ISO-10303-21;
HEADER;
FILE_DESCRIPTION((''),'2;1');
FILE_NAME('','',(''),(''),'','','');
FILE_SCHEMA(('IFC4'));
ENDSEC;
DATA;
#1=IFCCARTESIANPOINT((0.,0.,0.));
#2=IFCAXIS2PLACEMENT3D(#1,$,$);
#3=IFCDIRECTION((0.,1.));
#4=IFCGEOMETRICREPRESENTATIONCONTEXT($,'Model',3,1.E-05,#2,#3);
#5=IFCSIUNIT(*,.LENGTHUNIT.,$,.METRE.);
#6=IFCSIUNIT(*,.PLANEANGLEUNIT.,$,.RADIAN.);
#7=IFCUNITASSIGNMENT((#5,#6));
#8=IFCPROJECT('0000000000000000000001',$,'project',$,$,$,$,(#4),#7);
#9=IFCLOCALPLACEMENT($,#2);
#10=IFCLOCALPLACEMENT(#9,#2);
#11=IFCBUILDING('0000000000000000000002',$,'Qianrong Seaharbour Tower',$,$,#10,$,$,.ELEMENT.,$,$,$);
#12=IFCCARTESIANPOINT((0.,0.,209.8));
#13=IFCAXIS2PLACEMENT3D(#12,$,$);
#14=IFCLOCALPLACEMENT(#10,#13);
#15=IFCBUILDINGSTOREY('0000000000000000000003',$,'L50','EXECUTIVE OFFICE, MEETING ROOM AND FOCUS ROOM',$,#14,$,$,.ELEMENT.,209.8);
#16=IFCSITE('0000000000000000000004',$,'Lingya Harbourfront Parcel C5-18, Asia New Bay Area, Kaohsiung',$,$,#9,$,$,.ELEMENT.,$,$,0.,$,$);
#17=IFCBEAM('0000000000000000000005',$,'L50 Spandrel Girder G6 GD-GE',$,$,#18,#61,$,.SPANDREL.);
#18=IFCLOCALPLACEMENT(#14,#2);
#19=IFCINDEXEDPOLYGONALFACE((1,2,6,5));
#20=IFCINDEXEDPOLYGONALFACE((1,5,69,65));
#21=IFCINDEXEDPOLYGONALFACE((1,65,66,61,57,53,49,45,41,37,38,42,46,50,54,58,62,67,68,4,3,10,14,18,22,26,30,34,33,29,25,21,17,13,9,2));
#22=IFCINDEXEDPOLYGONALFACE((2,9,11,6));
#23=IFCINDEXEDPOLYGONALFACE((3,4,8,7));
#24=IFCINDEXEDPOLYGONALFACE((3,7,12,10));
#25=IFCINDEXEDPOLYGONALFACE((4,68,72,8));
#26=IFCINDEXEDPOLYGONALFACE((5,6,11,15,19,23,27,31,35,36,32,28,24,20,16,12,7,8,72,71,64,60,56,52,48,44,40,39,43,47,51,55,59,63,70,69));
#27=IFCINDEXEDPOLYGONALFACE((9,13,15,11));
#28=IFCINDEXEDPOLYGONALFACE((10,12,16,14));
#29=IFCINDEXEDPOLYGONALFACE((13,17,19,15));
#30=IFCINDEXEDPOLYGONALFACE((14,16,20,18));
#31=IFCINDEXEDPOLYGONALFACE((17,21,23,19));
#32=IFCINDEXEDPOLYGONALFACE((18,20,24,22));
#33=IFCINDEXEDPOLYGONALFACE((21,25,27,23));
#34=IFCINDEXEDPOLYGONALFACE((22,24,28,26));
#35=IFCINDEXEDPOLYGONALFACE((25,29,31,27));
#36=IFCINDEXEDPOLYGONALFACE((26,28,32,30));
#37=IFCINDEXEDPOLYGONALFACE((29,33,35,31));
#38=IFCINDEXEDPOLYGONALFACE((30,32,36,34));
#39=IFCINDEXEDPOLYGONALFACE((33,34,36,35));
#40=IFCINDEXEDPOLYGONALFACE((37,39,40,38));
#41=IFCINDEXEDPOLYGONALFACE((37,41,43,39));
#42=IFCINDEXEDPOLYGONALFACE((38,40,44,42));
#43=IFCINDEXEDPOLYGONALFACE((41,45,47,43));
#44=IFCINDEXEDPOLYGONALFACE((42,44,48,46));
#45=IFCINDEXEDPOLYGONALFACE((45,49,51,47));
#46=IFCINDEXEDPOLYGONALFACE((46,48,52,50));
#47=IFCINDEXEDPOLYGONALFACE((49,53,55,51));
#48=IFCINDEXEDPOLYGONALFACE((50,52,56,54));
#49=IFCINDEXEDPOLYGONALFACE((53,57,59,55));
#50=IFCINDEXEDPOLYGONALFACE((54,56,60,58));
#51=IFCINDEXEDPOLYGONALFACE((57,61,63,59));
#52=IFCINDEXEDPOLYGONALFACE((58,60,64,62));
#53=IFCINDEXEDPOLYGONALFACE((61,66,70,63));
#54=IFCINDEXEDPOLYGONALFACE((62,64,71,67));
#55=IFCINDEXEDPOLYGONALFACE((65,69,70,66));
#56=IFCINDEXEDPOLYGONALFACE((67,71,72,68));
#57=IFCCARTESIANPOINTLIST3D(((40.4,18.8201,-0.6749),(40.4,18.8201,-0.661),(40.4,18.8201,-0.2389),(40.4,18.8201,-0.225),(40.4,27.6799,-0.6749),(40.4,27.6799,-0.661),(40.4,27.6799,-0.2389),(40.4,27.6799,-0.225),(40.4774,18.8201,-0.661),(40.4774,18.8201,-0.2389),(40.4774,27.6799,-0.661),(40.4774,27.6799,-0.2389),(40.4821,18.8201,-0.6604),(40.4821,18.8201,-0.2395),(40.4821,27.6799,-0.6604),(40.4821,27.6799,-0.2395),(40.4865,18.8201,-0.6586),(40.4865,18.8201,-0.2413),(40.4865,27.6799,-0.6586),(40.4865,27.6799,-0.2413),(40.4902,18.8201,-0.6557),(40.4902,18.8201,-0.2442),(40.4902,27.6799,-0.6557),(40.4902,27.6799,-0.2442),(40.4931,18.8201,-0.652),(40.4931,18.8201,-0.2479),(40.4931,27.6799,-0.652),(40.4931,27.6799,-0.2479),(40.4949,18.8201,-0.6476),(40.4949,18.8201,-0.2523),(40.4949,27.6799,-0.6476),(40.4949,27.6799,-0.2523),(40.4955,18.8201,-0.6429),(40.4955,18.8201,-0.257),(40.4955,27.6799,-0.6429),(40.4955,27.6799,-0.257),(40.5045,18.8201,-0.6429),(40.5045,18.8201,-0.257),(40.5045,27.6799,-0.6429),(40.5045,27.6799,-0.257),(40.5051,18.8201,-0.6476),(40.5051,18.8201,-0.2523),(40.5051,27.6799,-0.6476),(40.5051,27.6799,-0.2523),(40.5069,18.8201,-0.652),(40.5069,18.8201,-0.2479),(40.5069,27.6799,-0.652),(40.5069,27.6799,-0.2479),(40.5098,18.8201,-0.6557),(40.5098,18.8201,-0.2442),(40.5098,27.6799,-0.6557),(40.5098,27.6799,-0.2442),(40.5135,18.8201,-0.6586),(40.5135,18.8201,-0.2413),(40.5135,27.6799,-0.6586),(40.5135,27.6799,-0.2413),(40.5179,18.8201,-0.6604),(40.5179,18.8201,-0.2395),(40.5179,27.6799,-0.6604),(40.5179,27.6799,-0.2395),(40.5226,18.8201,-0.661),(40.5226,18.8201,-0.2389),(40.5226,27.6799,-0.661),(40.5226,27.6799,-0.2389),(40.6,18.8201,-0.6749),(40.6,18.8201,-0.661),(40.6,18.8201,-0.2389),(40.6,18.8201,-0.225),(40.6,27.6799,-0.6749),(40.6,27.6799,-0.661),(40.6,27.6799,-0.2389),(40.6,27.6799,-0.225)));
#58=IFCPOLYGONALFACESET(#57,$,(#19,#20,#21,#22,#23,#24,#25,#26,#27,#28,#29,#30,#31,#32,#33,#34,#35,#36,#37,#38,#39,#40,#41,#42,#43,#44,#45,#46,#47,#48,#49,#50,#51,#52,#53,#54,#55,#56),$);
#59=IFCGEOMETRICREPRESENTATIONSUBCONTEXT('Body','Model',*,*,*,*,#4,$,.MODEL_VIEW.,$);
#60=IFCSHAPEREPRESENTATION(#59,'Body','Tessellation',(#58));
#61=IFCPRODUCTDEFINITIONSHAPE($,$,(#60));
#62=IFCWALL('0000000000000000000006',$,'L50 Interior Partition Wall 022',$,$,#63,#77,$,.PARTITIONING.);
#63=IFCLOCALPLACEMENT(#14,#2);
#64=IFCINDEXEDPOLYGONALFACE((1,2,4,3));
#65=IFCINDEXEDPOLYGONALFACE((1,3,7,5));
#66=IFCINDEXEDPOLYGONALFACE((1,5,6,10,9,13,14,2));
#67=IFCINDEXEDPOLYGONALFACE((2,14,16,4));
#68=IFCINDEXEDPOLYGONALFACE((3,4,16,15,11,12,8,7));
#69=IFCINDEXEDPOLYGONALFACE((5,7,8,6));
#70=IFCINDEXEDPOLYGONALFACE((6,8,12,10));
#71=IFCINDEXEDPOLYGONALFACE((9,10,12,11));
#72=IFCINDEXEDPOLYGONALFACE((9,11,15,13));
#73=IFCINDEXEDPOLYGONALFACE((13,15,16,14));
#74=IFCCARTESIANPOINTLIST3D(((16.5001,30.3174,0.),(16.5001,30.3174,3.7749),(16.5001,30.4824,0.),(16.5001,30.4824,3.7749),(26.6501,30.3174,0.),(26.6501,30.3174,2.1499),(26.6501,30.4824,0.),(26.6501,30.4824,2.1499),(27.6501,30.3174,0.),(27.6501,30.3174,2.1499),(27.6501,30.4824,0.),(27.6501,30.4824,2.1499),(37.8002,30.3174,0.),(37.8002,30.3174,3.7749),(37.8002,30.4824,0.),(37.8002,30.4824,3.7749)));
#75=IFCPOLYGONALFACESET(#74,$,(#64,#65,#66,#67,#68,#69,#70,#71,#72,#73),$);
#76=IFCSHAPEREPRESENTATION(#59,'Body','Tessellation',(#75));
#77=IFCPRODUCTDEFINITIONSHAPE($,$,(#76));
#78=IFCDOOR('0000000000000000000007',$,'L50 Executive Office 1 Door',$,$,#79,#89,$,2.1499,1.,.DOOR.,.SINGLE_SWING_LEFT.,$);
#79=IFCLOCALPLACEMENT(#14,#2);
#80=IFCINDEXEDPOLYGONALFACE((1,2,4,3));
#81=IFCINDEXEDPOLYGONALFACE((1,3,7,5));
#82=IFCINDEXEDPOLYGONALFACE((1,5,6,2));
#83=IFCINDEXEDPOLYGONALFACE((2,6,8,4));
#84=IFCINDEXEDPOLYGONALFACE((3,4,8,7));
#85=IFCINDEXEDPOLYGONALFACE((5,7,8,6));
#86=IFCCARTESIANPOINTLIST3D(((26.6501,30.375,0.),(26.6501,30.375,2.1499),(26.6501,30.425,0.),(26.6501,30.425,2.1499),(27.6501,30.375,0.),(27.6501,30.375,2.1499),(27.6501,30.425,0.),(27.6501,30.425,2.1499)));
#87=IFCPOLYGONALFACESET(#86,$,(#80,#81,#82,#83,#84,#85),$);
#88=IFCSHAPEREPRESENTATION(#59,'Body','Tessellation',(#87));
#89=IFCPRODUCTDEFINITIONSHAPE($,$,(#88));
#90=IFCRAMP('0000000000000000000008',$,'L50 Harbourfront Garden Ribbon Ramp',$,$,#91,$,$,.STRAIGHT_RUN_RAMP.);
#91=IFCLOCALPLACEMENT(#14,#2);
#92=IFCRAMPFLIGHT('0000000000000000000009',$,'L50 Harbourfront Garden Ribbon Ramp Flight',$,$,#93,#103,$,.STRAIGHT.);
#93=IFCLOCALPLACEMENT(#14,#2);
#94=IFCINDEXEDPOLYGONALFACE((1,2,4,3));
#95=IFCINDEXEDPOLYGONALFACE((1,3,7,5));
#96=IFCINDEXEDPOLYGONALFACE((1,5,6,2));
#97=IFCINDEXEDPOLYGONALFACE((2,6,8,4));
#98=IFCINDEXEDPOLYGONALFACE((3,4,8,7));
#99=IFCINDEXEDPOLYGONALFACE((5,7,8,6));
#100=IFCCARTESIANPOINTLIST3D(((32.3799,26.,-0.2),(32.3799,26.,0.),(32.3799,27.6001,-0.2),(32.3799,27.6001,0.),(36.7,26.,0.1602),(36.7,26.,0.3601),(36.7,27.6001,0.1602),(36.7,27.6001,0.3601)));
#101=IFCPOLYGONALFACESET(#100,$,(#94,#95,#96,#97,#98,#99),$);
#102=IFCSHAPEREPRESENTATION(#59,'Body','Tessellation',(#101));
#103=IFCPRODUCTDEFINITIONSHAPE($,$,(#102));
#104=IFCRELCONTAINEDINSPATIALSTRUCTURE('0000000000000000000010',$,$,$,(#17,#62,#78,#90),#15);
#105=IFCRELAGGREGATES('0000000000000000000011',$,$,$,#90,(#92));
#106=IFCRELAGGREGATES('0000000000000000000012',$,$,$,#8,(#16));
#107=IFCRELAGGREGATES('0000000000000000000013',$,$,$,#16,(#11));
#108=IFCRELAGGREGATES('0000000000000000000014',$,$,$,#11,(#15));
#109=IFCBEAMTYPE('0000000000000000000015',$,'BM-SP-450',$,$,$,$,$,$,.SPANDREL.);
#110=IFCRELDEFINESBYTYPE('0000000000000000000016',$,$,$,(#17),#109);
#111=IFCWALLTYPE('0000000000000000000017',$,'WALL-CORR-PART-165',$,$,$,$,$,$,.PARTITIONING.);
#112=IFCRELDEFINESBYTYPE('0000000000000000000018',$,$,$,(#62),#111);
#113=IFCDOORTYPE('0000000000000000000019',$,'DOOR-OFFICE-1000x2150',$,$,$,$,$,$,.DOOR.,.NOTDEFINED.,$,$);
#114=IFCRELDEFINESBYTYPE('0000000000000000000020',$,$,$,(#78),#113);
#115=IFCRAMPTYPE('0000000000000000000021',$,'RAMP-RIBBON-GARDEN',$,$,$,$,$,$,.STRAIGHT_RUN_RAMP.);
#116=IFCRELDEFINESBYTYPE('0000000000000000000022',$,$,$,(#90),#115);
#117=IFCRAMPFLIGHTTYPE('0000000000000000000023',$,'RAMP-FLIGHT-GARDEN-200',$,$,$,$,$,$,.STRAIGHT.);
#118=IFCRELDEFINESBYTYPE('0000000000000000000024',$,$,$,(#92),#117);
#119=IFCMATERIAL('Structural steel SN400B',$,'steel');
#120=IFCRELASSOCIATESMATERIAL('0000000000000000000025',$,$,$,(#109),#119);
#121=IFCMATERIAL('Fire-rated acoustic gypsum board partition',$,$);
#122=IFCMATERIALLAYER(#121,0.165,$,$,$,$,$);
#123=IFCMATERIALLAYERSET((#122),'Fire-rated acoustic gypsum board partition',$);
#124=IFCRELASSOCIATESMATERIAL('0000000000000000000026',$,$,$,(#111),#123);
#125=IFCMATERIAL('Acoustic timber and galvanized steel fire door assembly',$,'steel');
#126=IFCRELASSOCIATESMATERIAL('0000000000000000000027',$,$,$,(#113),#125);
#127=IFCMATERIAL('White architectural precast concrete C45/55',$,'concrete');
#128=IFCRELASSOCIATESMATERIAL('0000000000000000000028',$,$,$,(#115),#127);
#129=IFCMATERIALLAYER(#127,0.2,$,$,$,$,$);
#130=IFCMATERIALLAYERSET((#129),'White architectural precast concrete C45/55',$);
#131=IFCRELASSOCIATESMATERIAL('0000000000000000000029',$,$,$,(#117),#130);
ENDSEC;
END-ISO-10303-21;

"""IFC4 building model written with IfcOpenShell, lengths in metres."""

from ifc_helpers import new_model, si_unit, direction, frame, frame_2d, origin, origin_2d, place, context, subcontext, project, spatial, polyline, rectangle, i_section, outline, extrude, material, layer, layer_set, material_profile, profile_set, type_object, element, fill, aggregate, save


model = new_model("IFC4")

# Units and contexts
model_context = context("Model", 3, precision=1e-05, world=origin(), true_north=direction((0.0, 1.0)))
body_context = subcontext(model_context, "Body", "Model", "MODEL_VIEW")
ifc_project = project(units=[si_unit("LENGTHUNIT", "METRE"), si_unit("PLANEANGLEUNIT", "RADIAN")], contexts=[model_context])

# Site, building, storey
site_placement = place(None, origin())
site = spatial("IfcSite", under=ifc_project, at=site_placement, Name="Lingya Harbourfront Parcel C5-18, Asia New Bay Area, Kaohsiung", CompositionType="ELEMENT", RefElevation=0.0)
building_placement = place(site_placement, origin())
building = spatial("IfcBuilding", under=site, at=building_placement, Name="Qianrong Seaharbour Tower", CompositionType="ELEMENT")
storey_placement = place(building_placement, frame((0.0, 0.0, 209.8)))
storey = spatial("IfcBuildingStorey", under=building, at=storey_placement, Name="L50", Description="EXECUTIVE OFFICE, MEETING ROOM AND FOCUS ROOM", CompositionType="ELEMENT", Elevation=209.8)

# Beam
ifc_material_1 = material(Name="Structural steel SN400B", Category="steel")
ifc_material_profile_1 = material_profile(ifc_material_1, i_section(OverallWidth=0.2, OverallDepth=0.45, WebThickness=0.009, FlangeThickness=0.0139, FilletRadius=0.0181, at=origin_2d()), Name="H450x200x9x14")
ifc_profile_set_1 = profile_set([ifc_material_profile_1], Name="Structural steel SN400B")
beam_type_1 = type_object("IfcBeamType", Name="BM-SP-450", PredefinedType="SPANDREL", material=ifc_profile_set_1)
beam_1_placement = place(storey_placement, frame((40.5, 18.8201, -0.45), z_axis=(0.0, 1.0, 0.0), x_axis=(-1.0, 0.0, 0.0)))
element("IfcBeam", 1, at=beam_1_placement, inside=storey, type_object=beam_type_1, Name="L50 Spandrel Girder G6 GD-GE", PredefinedType="SPANDREL", context=body_context, shape_type="SweptSolid", body=[
    extrude(i_section(OverallWidth=0.2, OverallDepth=0.45, WebThickness=0.009, FlangeThickness=0.0139, FilletRadius=0.0181, at=origin_2d()), origin(), (0.0, 0.0, 1.0), 8.8599),
])

# Wall, opening, door
ifc_material_2 = material(Name="Fire-rated acoustic gypsum board partition")
ifc_layer_1 = layer(ifc_material_2, 0.165)
ifc_layer_set_1 = layer_set([ifc_layer_1], Name="Fire-rated acoustic gypsum board partition")
wall_type = type_object("IfcWallType", Name="WALL-CORR-PART-165", PredefinedType="PARTITIONING", material=ifc_layer_set_1)
wall_placement = place(storey_placement, frame((37.8, 30.3999, 0.0), z_axis=(0.0, 0.0, 1.0), x_axis=(-1.0, 0.0, 0.0)))
wall = element("IfcWall", 2, at=wall_placement, inside=storey, type_object=wall_type, Name="L50 Interior Partition Wall 022", PredefinedType="PARTITIONING", context=body_context, shape_type="SweptSolid", body=[
    extrude(rectangle(XDim=21.3, YDim=0.165, at=frame_2d((10.6499, 0.0))), origin(), (0.0, 0.0, 1.0), 3.7749),
])
opening_placement = place(wall_placement, frame((10.1499, 0.0, 0.0)))
opening = element("IfcOpeningElement", 3, at=opening_placement, cuts=wall, PredefinedType="OPENING", context=body_context, shape_type="SweptSolid", body=[
    extrude(rectangle(XDim=1.0, YDim=2.1499, at=frame_2d((0.5, 1.075))), frame((0.0, 0.0925, 0.0), z_axis=(0.0, -1.0, 0.0), x_axis=(1.0, 0.0, 0.0)), (0.0, 0.0, 1.0), 0.1851),
])
ifc_material_3 = material(Name="Acoustic timber and galvanized steel fire door assembly", Category="steel")
door_type = type_object("IfcDoorType", Name="DOOR-OFFICE-1000x2150", OperationType="NOTDEFINED", PredefinedType="DOOR", material=ifc_material_3)
door_placement = place(opening_placement, origin())
door = element("IfcDoor", 4, at=door_placement, inside=storey, type_object=door_type, Name="L50 Executive Office 1 Door", OperationType="SINGLE_SWING_LEFT", OverallHeight=2.1499, OverallWidth=1.0, PredefinedType="DOOR", context=body_context, shape_type="SweptSolid", body=[
    extrude(rectangle(XDim=1.0, YDim=2.1499, at=frame_2d((0.5, 1.075))), frame((0.0, 0.0249, 0.0), z_axis=(0.0, -1.0, 0.0), x_axis=(1.0, 0.0, 0.0)), (0.0, 0.0, 1.0), 0.05),
])
fill(opening, door)

# Ramp, ramp flight
ifc_material_4 = material(Name="White architectural precast concrete C45/55", Category="concrete")
ramp_type = type_object("IfcRampType", Name="RAMP-RIBBON-GARDEN", PredefinedType="STRAIGHT_RUN_RAMP", material=ifc_material_4)
ramp_placement = place(storey_placement, origin())
ramp = element("IfcRamp", 5, at=ramp_placement, inside=storey, type_object=ramp_type, Name="L50 Harbourfront Garden Ribbon Ramp", PredefinedType="STRAIGHT_RUN_RAMP")
ifc_layer_2 = layer(ifc_material_4, 0.2)
ifc_layer_set_2 = layer_set([ifc_layer_2], Name="White architectural precast concrete C45/55")
ramp_flight_type = type_object("IfcRampFlightType", Name="RAMP-FLIGHT-GARDEN-200", PredefinedType="STRAIGHT", material=ifc_layer_set_2)
ramp_flight_placement = place(storey_placement, frame((32.3799, 26.8, 0.0), z_axis=(0.0, 0.0, 1.0), x_axis=(1.0, 0.0, 0.0)))
ramp_flight = element("IfcRampFlight", 6, at=ramp_flight_placement, type_object=ramp_flight_type, Name="L50 Harbourfront Garden Ribbon Ramp Flight", PredefinedType="STRAIGHT", context=body_context, shape_type="SweptSolid", body=[
    extrude(outline(polyline([(0.0, 0.0), (4.3201, 0.3601), (4.3201, 0.1602), (0.0, -0.2), (0.0, 0.0)])), frame((0.0, 0.8, 0.0), z_axis=(0.0, -1.0, 0.0), x_axis=(1.0, 0.0, 0.0)), (0.0, 0.0, 1.0), 1.6001),
])
aggregate(ramp, [ramp_flight])

save(model, "model.ifc")
